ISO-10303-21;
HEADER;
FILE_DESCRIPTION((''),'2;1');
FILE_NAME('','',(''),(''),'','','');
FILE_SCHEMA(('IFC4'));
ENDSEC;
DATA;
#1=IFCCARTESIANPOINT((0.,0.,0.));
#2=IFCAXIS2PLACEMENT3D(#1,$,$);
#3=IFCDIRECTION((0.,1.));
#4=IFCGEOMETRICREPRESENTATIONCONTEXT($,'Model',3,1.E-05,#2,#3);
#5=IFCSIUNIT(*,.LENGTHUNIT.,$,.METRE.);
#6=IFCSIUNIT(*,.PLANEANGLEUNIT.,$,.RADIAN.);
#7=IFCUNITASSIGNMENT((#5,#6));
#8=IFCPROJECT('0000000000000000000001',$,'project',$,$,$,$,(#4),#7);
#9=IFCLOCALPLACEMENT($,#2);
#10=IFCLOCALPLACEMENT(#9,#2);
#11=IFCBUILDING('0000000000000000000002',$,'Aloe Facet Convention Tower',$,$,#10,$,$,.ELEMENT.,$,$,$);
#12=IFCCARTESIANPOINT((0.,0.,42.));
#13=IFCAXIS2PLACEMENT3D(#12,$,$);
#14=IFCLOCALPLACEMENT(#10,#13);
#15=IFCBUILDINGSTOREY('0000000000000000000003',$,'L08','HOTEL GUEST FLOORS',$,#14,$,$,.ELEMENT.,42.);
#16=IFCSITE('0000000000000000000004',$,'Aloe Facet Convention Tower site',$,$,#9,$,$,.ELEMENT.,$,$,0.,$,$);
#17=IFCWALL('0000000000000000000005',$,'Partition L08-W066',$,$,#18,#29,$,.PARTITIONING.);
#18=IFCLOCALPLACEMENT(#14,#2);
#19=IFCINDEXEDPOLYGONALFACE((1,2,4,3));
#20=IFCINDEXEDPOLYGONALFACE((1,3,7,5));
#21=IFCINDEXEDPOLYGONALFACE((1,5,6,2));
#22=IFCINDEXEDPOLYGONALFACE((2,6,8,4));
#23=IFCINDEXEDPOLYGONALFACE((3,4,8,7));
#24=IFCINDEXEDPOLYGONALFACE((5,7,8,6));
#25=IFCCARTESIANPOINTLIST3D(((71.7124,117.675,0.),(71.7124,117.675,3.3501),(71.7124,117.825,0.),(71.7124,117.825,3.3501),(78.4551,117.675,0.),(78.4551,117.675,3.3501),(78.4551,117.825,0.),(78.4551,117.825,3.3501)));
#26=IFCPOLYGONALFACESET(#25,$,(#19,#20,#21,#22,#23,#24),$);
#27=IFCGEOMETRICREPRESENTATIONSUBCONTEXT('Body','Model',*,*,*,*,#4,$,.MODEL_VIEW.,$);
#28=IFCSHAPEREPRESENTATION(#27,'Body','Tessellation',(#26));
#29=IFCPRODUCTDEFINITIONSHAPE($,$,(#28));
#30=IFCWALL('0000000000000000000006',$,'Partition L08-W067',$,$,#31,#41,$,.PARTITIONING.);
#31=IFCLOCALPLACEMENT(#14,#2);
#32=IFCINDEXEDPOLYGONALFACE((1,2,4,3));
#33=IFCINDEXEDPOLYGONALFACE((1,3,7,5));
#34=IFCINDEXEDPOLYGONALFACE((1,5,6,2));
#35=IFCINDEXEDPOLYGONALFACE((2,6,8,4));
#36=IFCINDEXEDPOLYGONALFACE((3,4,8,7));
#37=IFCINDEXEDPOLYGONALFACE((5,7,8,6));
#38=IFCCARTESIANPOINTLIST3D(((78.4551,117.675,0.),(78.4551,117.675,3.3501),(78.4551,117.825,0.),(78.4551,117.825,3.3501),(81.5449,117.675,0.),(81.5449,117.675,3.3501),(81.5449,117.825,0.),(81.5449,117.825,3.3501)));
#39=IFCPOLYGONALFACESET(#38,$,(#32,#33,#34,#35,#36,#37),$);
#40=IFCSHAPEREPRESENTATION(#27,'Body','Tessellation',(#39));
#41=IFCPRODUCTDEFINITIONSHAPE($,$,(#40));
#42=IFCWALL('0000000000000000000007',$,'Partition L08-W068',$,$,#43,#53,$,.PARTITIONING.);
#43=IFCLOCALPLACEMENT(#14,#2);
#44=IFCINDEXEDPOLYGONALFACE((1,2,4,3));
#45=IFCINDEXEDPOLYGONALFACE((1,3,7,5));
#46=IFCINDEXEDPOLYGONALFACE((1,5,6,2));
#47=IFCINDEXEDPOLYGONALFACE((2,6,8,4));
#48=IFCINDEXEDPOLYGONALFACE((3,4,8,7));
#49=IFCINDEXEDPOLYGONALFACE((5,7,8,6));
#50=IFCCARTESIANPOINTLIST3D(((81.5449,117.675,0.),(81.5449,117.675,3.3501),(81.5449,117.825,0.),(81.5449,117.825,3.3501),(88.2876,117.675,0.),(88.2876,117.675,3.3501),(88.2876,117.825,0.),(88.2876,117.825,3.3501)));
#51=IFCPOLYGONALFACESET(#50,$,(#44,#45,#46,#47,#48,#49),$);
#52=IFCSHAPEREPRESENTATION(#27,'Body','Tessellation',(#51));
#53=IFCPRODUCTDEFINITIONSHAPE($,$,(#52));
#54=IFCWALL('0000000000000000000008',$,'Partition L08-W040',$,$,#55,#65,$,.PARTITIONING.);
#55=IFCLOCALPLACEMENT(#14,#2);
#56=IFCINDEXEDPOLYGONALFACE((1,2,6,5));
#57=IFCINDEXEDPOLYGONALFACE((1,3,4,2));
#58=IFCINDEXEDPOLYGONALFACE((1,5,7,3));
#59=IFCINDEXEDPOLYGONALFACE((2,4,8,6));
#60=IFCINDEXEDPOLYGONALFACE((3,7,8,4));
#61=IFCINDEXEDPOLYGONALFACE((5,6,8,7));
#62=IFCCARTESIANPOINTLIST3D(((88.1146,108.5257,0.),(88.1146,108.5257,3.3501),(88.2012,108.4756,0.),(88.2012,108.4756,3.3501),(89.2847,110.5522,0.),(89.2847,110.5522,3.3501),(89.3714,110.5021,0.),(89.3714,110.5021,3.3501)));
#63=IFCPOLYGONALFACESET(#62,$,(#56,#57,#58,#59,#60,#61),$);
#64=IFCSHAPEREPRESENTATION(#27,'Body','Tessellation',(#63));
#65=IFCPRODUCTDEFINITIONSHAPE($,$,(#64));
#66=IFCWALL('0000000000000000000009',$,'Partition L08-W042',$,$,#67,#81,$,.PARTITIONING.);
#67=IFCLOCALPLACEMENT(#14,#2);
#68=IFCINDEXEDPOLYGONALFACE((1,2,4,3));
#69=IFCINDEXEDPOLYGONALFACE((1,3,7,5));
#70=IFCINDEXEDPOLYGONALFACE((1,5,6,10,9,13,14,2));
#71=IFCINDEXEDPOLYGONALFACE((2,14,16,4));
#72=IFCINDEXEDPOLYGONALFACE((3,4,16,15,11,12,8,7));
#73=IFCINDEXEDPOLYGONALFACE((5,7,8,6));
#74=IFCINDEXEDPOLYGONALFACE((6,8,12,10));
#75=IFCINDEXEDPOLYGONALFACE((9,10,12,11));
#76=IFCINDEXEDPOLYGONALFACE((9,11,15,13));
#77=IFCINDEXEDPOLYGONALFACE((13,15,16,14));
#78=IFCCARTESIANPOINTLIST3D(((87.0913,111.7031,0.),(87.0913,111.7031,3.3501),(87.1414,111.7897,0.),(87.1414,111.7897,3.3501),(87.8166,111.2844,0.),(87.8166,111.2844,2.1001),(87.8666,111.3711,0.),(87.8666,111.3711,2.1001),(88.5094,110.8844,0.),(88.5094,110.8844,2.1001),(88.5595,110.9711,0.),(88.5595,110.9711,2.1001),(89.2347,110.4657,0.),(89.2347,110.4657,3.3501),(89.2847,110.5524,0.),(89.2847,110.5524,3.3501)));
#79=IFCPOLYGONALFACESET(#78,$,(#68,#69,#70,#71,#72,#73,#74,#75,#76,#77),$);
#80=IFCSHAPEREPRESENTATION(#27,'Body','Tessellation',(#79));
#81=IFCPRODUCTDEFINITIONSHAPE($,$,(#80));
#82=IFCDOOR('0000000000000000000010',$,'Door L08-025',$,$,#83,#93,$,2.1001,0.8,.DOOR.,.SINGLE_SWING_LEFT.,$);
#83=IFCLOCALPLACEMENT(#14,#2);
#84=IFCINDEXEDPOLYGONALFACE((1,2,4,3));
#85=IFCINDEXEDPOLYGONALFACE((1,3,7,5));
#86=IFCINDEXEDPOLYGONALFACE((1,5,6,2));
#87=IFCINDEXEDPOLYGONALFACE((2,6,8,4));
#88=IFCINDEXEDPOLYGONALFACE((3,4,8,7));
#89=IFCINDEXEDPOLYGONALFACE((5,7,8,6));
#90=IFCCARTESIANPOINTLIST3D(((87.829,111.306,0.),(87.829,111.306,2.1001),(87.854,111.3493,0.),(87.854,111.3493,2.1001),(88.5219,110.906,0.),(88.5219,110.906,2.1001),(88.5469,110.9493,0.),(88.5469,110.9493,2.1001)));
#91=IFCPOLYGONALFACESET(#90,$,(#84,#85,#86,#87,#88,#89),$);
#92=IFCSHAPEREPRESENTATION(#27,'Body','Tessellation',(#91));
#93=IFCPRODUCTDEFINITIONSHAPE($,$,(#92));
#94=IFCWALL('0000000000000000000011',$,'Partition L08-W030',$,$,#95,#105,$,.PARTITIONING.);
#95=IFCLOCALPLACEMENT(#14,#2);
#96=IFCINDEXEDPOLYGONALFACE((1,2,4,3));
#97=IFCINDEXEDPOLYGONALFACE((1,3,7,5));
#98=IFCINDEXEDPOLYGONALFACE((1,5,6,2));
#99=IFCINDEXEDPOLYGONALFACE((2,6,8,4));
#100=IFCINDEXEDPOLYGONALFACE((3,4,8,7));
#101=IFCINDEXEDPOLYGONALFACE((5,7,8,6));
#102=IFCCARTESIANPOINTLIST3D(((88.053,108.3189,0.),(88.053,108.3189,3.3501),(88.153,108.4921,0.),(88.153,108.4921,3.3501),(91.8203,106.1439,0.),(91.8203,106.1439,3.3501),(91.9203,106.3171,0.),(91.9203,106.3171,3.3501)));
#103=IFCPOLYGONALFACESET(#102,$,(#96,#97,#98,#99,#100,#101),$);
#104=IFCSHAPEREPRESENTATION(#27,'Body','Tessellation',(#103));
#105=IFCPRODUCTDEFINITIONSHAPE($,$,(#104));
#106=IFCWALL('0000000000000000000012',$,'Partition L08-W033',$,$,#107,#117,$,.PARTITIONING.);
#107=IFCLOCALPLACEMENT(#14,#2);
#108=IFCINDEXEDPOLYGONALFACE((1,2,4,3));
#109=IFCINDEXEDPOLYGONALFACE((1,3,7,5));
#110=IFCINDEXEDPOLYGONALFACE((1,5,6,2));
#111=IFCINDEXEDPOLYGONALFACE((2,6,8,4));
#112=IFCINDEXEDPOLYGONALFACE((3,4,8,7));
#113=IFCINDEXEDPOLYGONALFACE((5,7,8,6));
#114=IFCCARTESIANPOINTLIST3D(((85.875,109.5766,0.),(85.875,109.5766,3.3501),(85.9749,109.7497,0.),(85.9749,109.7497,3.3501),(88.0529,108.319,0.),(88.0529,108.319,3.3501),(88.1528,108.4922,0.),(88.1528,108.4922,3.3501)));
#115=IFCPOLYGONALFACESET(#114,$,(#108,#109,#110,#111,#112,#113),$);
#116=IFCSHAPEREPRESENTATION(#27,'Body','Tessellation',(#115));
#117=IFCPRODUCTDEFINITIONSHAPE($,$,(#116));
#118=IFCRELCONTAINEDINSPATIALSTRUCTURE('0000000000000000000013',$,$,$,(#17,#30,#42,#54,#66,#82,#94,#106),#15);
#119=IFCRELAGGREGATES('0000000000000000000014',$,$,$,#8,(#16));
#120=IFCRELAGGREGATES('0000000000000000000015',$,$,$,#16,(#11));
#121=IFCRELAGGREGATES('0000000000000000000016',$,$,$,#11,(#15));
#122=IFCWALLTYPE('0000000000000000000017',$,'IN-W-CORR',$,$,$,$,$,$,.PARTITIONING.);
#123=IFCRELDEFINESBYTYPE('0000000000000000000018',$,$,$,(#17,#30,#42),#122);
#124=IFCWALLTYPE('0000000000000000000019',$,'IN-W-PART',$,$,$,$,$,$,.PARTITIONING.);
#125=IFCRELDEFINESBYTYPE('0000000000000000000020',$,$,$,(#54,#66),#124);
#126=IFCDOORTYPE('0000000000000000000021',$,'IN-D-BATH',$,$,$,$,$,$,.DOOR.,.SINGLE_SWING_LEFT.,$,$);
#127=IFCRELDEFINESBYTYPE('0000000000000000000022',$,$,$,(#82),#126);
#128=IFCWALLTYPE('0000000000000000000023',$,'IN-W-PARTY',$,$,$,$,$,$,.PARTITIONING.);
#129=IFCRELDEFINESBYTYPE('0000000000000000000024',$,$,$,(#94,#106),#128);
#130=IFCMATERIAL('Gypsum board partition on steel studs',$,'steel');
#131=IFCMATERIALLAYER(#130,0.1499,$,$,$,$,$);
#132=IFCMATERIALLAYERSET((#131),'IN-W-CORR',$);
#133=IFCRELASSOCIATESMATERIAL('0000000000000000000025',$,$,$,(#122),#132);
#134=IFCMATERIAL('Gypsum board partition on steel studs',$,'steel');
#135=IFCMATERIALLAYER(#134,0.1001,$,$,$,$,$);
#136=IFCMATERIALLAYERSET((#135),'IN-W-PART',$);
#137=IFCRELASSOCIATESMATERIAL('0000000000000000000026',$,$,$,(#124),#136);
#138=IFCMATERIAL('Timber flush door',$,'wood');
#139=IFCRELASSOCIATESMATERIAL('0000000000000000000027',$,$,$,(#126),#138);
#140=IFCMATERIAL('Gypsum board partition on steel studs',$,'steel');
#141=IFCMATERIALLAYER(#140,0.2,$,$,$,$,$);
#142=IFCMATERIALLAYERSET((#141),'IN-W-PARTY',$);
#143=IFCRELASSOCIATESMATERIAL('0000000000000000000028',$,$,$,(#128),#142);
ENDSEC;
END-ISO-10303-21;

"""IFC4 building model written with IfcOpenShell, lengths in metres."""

from ifc_helpers import new_model, si_unit, direction, frame, frame_2d, origin, place, context, subcontext, project, spatial, rectangle, extrude, material, layer, layer_set, type_object, element, fill, save


model = new_model("IFC4")

# Units and contexts
model_context = context("Model", 3, precision=1e-05, world=origin(), true_north=direction((0.0, 1.0)))
body_context = subcontext(model_context, "Body", "Model", "MODEL_VIEW")
ifc_project = project(units=[si_unit("LENGTHUNIT", "METRE"), si_unit("PLANEANGLEUNIT", "RADIAN")], contexts=[model_context])

# Site, building, storey
site_placement = place(None, origin())
site = spatial("IfcSite", under=ifc_project, at=site_placement, Name="Aloe Facet Convention Tower site", CompositionType="ELEMENT", RefElevation=0.0)
building_placement = place(site_placement, origin())
building = spatial("IfcBuilding", under=site, at=building_placement, Name="Aloe Facet Convention Tower", CompositionType="ELEMENT")
storey_placement = place(building_placement, frame((0.0, 0.0, 42.0)))
storey = spatial("IfcBuildingStorey", under=building, at=storey_placement, Name="L08", Description="HOTEL GUEST FLOORS", CompositionType="ELEMENT", Elevation=42.0)

# Shared definitions
ifc_material_1 = material(Name="Gypsum board partition on steel studs", Category="steel")
ifc_layer_1 = layer(ifc_material_1, 0.1499)
ifc_layer_set_1 = layer_set([ifc_layer_1], Name="IN-W-CORR")
wall_type_1 = type_object("IfcWallType", Name="IN-W-CORR", PredefinedType="PARTITIONING", material=ifc_layer_set_1)

# Walls
wall_1_placement = place(storey_placement, frame((71.7124, 117.75, 0.0), z_axis=(0.0, 0.0, 1.0), x_axis=(1.0, 0.0, 0.0)))
element("IfcWall", 1, at=wall_1_placement, inside=storey, type_object=wall_type_1, Name="Partition L08-W066", PredefinedType="PARTITIONING", context=body_context, shape_type="SweptSolid", body=[
    extrude(rectangle(XDim=6.7427, YDim=0.1499, at=frame_2d((3.3713, 0.0))), origin(), (0.0, 0.0, 1.0), 3.3501),
])
wall_2_placement = place(storey_placement, frame((78.4551, 117.75, 0.0), z_axis=(0.0, 0.0, 1.0), x_axis=(1.0, 0.0, 0.0)))
element("IfcWall", 2, at=wall_2_placement, inside=storey, type_object=wall_type_1, Name="Partition L08-W067", PredefinedType="PARTITIONING", context=body_context, shape_type="SweptSolid", body=[
    extrude(rectangle(XDim=3.0898, YDim=0.1499, at=frame_2d((1.5449, 0.0))), origin(), (0.0, 0.0, 1.0), 3.3501),
])
wall_3_placement = place(storey_placement, frame((81.5449, 117.75, 0.0), z_axis=(0.0, 0.0, 1.0), x_axis=(1.0, 0.0, 0.0)))
element("IfcWall", 3, at=wall_3_placement, inside=storey, type_object=wall_type_1, Name="Partition L08-W068", PredefinedType="PARTITIONING", context=body_context, shape_type="SweptSolid", body=[
    extrude(rectangle(XDim=6.7427, YDim=0.1499, at=frame_2d((3.3713, 0.0))), origin(), (0.0, 0.0, 1.0), 3.3501),
])
ifc_material_2 = material(Name="Gypsum board partition on steel studs", Category="steel")
ifc_layer_2 = layer(ifc_material_2, 0.1001)
ifc_layer_set_2 = layer_set([ifc_layer_2], Name="IN-W-PART")
wall_type_2 = type_object("IfcWallType", Name="IN-W-PART", PredefinedType="PARTITIONING", material=ifc_layer_set_2)
wall_4_placement = place(storey_placement, frame((88.158, 108.5007, 0.0), z_axis=(0.0, 0.0, 1.0), x_axis=(0.500033, 0.866007, 0.0)))
element("IfcWall", 4, at=wall_4_placement, inside=storey, type_object=wall_type_2, Name="Partition L08-W040", PredefinedType="PARTITIONING", context=body_context, shape_type="SweptSolid", body=[
    extrude(rectangle(XDim=2.3401, YDim=0.1001, at=frame_2d((1.1699, 0.0))), origin(), (0.0, 0.0, 1.0), 3.3501),
])

# Wall, opening, door
wall_5_placement = place(storey_placement, frame((87.1165, 111.7463, 0.0), z_axis=(0.0, 0.0, 1.0), x_axis=(0.866049, -0.499959, 0.0)))
wall_5 = element("IfcWall", 5, at=wall_5_placement, inside=storey, type_object=wall_type_2, Name="Partition L08-W042", PredefinedType="PARTITIONING", context=body_context, shape_type="SweptSolid", body=[
    extrude(rectangle(XDim=2.4749, YDim=0.1001, at=frame_2d((1.2373, 0.0))), origin(), (0.0, 0.0, 1.0), 3.3501),
])
opening_1_placement = place(wall_5_placement, frame((0.8374, 0.0, 0.0)))
opening_1 = element("IfcOpeningElement", 6, at=opening_1_placement, cuts=wall_5, PredefinedType="OPENING", context=body_context, shape_type="SweptSolid", body=[
    extrude(rectangle(XDim=0.8, YDim=2.1001, at=frame_2d((0.3999, 1.05))), frame((0.0, 0.0601, 0.0), z_axis=(0.0, -1.0, 0.0), x_axis=(1.0, 0.0, 0.0)), (0.0, 0.0, 1.0), 0.1201),
])
ifc_material_3 = material(Name="Timber flush door", Category="wood")
door_type_1 = type_object("IfcDoorType", Name="IN-D-BATH", OperationType="SINGLE_SWING_LEFT", PredefinedType="DOOR", material=ifc_material_3)
door_1_placement = place(opening_1_placement, origin())
door_1 = element("IfcDoor", 7, at=door_1_placement, inside=storey, type_object=door_type_1, Name="Door L08-025", OperationType="SINGLE_SWING_LEFT", OverallHeight=2.1001, OverallWidth=0.8, PredefinedType="DOOR", context=body_context, shape_type="SweptSolid", body=[
    extrude(rectangle(XDim=0.8, YDim=2.1001, at=frame_2d((0.3999, 1.05))), frame((0.0, 0.0249, 0.0), z_axis=(0.0, -1.0, 0.0), x_axis=(1.0, 0.0, 0.0)), (0.0, 0.0, 1.0), 0.05),
])
fill(opening_1, door_1)

# Walls
ifc_material_4 = material(Name="Gypsum board partition on steel studs", Category="steel")
ifc_layer_3 = layer(ifc_material_4, 0.2)
ifc_layer_set_3 = layer_set([ifc_layer_3], Name="IN-W-PARTY")
wall_type_3 = type_object("IfcWallType", Name="IN-W-PARTY", PredefinedType="PARTITIONING", material=ifc_layer_set_3)
wall_6_placement = place(storey_placement, frame((88.103, 108.4055, 0.0), z_axis=(0.0, 0.0, 1.0), x_axis=(0.866028, -0.499996, 0.0)))
element("IfcWall", 8, at=wall_6_placement, inside=storey, type_object=wall_type_3, Name="Partition L08-W030", PredefinedType="PARTITIONING", context=body_context, shape_type="SweptSolid", body=[
    extrude(rectangle(XDim=4.3501, YDim=0.2, at=frame_2d((2.175, 0.0))), origin(), (0.0, 0.0, 1.0), 3.3501),
])
wall_7_placement = place(storey_placement, frame((85.925, 109.6631, 0.0), z_axis=(0.0, 0.0, 1.0), x_axis=(0.866006, -0.500033, 0.0)))
element("IfcWall", 9, at=wall_7_placement, inside=storey, type_object=wall_type_3, Name="Partition L08-W033", PredefinedType="PARTITIONING", context=body_context, shape_type="SweptSolid", body=[
    extrude(rectangle(XDim=2.5149, YDim=0.2, at=frame_2d((1.2573, 0.0))), origin(), (0.0, 0.0, 1.0), 3.3501),
])

save(model, "model.ifc")
